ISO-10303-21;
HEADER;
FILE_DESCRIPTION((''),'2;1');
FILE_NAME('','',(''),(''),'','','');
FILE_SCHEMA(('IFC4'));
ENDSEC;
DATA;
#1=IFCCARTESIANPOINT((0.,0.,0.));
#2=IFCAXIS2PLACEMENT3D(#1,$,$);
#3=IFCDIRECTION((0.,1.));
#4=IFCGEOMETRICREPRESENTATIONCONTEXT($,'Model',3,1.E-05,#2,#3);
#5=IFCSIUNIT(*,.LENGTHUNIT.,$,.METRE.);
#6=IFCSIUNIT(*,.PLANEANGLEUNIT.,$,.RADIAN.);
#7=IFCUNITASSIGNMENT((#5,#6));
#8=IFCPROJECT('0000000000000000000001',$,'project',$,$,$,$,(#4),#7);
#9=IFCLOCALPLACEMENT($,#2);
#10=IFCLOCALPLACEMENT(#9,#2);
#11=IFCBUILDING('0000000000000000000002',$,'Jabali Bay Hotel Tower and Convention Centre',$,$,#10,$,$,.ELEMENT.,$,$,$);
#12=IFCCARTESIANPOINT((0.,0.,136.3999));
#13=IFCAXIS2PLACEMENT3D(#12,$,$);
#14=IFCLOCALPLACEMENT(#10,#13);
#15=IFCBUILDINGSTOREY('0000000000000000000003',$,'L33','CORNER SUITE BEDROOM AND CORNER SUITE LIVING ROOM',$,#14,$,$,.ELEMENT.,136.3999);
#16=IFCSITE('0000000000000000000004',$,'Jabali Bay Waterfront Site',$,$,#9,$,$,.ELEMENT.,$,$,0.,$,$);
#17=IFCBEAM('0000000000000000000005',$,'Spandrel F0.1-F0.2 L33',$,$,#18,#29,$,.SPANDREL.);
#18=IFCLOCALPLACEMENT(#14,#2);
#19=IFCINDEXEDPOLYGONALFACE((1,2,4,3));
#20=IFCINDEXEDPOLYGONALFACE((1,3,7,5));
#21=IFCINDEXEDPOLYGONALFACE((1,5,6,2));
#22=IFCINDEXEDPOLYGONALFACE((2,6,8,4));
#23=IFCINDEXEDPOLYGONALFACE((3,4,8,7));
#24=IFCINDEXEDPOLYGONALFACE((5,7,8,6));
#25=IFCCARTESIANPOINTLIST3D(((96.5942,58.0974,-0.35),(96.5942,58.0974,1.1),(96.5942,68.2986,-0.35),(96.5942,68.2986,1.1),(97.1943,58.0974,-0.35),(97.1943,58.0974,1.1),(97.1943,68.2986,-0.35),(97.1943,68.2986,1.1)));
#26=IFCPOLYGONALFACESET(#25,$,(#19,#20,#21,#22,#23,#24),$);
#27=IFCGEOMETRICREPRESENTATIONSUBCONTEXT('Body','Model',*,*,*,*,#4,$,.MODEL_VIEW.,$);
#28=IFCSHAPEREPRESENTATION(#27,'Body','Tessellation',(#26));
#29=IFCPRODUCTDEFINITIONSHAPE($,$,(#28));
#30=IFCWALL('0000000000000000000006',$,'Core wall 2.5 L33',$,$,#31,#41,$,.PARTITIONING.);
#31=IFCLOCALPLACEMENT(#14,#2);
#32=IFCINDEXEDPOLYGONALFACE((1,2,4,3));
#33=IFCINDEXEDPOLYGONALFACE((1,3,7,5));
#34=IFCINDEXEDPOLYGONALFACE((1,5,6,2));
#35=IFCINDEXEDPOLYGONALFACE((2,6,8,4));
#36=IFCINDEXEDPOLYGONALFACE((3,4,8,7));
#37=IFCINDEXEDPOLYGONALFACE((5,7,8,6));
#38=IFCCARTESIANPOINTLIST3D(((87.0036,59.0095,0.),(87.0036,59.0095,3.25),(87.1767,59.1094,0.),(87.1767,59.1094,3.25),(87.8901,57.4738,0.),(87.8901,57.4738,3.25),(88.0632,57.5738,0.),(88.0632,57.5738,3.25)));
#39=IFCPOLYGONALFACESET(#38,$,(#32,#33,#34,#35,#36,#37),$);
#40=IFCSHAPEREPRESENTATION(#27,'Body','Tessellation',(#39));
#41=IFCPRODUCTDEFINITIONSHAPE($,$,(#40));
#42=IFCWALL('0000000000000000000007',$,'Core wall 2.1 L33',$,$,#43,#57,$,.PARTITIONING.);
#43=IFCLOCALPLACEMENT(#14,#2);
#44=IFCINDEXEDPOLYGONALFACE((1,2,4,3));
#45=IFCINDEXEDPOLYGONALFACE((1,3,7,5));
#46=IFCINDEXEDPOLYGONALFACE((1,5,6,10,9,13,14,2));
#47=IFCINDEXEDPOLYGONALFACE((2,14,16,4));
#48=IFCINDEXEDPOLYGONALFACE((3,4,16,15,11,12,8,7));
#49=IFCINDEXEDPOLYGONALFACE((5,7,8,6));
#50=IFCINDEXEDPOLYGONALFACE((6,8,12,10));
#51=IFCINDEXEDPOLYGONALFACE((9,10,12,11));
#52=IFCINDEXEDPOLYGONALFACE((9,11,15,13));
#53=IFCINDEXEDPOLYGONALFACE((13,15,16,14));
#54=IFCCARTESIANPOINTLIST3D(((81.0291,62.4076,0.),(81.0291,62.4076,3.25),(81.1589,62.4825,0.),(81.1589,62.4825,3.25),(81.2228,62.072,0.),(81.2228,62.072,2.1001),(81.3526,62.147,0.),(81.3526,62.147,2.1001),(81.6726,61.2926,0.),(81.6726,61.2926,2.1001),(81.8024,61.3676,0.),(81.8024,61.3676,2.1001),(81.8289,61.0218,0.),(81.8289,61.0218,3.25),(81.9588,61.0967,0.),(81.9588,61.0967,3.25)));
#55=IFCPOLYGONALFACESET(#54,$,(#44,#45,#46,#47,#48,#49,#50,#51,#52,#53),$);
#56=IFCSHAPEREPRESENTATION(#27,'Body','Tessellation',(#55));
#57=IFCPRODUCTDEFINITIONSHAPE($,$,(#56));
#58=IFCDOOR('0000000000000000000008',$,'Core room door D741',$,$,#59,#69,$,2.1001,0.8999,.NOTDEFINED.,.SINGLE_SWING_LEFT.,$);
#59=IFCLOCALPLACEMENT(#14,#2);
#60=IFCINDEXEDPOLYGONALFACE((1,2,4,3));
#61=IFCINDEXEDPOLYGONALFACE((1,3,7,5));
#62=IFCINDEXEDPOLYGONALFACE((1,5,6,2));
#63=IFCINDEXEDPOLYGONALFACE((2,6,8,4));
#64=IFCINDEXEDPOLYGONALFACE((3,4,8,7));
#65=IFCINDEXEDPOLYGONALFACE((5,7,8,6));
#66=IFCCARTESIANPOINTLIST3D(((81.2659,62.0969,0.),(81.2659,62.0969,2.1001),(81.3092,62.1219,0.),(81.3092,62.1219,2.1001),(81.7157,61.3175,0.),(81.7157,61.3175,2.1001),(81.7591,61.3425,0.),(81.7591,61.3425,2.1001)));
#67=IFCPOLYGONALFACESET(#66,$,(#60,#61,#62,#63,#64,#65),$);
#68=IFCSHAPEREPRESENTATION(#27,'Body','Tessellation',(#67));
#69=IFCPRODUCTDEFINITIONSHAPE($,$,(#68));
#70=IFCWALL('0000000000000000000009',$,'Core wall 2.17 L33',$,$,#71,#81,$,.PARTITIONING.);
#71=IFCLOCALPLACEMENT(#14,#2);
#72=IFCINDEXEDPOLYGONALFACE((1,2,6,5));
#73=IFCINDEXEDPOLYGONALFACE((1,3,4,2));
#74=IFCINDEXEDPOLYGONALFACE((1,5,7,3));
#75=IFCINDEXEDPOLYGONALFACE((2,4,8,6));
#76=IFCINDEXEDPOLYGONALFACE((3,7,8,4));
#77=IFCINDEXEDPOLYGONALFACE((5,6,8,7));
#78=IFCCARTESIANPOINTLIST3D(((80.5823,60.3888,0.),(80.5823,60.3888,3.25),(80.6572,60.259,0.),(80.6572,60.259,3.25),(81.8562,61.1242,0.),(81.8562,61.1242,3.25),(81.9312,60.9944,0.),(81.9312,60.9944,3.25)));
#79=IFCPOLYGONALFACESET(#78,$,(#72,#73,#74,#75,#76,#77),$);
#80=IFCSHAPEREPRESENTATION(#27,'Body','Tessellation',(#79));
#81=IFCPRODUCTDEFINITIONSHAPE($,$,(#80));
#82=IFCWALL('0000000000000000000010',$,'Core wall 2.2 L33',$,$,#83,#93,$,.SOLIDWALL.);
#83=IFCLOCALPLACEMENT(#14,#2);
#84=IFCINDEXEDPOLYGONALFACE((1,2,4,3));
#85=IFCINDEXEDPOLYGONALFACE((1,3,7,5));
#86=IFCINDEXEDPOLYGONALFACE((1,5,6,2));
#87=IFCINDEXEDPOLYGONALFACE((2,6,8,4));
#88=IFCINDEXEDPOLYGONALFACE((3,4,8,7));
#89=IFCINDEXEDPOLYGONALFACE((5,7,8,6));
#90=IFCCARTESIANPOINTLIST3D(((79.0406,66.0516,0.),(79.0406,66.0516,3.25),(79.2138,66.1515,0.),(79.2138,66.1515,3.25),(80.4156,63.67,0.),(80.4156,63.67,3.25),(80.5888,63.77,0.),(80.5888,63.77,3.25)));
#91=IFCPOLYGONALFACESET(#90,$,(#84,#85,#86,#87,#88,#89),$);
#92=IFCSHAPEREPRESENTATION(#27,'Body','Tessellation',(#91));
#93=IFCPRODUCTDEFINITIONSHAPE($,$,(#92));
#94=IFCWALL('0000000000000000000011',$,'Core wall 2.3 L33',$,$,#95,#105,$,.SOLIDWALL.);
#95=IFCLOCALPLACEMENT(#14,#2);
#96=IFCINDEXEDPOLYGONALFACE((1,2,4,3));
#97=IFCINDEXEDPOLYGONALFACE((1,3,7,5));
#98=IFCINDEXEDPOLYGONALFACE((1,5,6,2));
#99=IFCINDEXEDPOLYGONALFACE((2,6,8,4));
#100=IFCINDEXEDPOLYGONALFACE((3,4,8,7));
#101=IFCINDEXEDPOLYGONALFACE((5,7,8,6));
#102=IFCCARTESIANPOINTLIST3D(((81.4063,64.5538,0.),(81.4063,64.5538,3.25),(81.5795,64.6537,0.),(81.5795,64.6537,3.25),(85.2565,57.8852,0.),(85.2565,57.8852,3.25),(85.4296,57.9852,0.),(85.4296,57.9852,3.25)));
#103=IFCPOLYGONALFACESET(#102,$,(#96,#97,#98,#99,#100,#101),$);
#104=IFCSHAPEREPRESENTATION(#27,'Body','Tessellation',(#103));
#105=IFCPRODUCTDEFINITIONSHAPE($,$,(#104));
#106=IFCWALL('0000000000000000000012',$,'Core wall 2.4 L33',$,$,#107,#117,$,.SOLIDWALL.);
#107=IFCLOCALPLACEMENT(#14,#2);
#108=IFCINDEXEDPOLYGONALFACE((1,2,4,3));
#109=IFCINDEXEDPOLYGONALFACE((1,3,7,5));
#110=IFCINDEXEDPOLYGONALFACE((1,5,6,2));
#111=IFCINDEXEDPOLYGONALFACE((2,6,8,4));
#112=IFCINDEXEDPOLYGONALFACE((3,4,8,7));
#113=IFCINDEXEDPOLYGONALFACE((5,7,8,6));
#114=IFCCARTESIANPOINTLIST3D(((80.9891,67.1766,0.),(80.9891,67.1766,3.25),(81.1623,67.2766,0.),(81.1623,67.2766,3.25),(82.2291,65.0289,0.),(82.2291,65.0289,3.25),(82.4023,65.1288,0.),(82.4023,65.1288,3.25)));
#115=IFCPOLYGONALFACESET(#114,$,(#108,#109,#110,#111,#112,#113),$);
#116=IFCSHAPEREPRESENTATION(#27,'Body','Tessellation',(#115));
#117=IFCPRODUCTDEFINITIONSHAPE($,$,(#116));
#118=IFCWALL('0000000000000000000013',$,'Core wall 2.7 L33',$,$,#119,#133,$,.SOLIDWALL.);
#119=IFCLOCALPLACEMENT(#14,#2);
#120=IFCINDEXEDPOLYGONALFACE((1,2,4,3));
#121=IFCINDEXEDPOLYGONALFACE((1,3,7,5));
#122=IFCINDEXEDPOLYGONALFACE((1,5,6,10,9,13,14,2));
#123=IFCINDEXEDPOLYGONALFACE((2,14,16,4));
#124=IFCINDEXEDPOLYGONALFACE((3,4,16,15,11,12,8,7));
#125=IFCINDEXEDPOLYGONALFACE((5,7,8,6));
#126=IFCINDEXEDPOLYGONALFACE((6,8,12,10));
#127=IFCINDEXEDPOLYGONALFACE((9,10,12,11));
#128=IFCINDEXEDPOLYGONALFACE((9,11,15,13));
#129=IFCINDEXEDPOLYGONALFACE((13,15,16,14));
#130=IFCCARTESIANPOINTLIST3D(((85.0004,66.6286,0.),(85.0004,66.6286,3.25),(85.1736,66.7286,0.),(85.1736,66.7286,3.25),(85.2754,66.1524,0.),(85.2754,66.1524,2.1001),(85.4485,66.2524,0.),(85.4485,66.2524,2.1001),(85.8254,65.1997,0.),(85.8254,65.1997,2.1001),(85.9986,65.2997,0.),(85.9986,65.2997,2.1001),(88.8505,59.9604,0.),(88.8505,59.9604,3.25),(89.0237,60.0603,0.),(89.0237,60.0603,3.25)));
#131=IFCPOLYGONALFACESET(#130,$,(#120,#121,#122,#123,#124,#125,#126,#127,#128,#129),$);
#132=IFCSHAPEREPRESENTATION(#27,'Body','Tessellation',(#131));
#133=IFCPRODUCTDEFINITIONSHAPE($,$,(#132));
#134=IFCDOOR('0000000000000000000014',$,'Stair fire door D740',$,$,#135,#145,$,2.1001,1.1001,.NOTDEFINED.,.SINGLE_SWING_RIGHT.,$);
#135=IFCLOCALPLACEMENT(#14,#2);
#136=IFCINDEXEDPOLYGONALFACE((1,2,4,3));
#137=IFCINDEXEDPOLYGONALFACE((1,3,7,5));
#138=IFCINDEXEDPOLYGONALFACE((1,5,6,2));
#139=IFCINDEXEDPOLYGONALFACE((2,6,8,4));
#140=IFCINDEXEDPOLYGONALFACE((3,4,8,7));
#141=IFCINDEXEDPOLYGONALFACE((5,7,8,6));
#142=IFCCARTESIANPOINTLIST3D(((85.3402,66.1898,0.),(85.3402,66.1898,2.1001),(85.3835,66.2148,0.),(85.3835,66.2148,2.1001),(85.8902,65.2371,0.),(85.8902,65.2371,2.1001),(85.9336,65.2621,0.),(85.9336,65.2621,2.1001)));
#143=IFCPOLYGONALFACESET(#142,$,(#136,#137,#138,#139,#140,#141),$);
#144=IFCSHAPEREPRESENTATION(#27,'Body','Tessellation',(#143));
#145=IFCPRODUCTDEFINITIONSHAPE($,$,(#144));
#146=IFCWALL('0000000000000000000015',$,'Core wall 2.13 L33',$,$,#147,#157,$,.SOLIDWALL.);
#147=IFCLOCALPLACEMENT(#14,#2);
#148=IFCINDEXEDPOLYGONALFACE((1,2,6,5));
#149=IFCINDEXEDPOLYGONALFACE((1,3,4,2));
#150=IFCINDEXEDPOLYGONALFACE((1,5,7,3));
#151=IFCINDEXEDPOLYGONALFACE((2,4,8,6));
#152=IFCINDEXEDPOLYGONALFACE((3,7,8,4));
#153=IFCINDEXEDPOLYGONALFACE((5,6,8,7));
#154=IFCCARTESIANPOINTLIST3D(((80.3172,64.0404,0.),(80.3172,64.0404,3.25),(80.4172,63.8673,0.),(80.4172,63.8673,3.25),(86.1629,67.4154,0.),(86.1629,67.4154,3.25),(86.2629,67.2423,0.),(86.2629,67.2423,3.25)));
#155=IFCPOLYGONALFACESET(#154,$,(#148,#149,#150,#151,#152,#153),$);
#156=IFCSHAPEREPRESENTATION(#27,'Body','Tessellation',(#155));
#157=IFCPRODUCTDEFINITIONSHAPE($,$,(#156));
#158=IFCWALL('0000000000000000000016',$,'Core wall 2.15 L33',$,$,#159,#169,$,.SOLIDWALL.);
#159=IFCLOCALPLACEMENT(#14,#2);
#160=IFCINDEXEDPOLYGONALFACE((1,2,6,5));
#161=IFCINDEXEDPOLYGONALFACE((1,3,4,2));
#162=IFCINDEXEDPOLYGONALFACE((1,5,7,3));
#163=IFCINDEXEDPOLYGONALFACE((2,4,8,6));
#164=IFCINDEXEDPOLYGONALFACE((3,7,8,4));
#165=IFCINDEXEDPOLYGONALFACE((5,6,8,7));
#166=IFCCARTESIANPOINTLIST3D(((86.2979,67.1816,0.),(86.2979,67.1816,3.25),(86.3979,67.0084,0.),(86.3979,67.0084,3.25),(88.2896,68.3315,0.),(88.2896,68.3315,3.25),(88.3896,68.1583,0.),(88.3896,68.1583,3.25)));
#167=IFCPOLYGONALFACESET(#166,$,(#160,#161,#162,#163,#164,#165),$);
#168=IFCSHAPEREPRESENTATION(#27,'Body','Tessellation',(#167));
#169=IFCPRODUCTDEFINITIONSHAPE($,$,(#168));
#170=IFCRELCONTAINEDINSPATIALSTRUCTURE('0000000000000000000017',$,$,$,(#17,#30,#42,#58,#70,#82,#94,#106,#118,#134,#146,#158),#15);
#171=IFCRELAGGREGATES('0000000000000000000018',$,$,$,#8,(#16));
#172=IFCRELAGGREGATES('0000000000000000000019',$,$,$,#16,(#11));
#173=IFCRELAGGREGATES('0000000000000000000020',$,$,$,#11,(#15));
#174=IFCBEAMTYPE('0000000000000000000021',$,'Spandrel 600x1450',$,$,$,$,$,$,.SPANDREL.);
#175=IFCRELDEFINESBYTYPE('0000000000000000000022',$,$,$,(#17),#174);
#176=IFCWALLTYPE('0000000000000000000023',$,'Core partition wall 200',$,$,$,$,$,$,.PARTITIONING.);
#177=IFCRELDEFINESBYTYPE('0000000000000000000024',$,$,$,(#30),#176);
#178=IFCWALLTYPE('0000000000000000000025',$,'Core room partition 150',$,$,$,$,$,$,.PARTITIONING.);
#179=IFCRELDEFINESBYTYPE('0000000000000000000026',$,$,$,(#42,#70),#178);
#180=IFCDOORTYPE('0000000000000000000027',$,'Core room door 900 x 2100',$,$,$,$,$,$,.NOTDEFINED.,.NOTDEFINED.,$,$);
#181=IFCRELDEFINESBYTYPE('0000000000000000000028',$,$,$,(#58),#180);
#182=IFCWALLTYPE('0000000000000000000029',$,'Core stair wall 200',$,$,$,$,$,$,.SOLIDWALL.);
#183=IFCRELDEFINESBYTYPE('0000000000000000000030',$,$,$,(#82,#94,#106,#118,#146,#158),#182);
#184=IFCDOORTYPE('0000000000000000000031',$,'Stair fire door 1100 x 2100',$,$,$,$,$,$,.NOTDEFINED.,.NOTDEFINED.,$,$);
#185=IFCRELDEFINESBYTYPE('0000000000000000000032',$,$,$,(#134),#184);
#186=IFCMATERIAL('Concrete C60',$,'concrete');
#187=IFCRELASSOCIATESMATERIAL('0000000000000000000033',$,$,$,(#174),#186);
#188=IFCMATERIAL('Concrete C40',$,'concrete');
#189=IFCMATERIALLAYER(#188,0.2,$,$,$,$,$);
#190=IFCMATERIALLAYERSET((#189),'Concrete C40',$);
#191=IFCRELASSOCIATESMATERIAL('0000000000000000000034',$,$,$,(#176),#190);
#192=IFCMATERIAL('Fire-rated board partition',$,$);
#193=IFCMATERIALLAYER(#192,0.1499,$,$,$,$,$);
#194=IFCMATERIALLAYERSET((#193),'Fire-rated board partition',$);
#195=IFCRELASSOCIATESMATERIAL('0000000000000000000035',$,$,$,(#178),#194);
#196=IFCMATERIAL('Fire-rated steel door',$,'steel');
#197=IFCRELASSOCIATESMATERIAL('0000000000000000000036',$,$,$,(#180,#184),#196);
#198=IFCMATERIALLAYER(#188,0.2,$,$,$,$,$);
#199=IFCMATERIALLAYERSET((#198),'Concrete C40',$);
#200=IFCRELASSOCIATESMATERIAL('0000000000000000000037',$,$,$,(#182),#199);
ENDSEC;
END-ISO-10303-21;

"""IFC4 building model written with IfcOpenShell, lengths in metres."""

from ifc_helpers import new_model, si_unit, direction, frame, frame_2d, origin, origin_2d, place, context, subcontext, project, spatial, rectangle, extrude, material, layer, layer_set, material_profile, profile_set, type_object, element, fill, save


model = new_model("IFC4")

# Units and contexts
model_context = context("Model", 3, precision=1e-05, world=origin(), true_north=direction((0.0, 1.0)))
body_context = subcontext(model_context, "Body", "Model", "MODEL_VIEW")
ifc_project = project(units=[si_unit("LENGTHUNIT", "METRE"), si_unit("PLANEANGLEUNIT", "RADIAN")], contexts=[model_context])

# Site, building, storey
site_placement = place(None, origin())
site = spatial("IfcSite", under=ifc_project, at=site_placement, Name="Jabali Bay Waterfront Site", CompositionType="ELEMENT", RefElevation=0.0)
building_placement = place(site_placement, origin())
building = spatial("IfcBuilding", under=site, at=building_placement, Name="Jabali Bay Hotel Tower and Convention Centre", CompositionType="ELEMENT")
storey_placement = place(building_placement, frame((0.0, 0.0, 136.3999)))
storey = spatial("IfcBuildingStorey", under=building, at=storey_placement, Name="L33", Description="CORNER SUITE BEDROOM AND CORNER SUITE LIVING ROOM", CompositionType="ELEMENT", Elevation=136.3999)

# Beam
ifc_material_1 = material(Name="Concrete C60", Category="concrete")
ifc_material_profile = material_profile(ifc_material_1, rectangle(XDim=0.6001, YDim=1.45, at=origin_2d()), Name="Spandrel 600x1450")
ifc_profile_set = profile_set([ifc_material_profile], Name="Concrete C60")
beam_type = type_object("IfcBeamType", Name="Spandrel 600x1450", PredefinedType="SPANDREL", material=ifc_profile_set)
beam_placement = place(storey_placement, frame((96.8943, 58.0974, 0.375), z_axis=(0.0, 1.0, 0.0), x_axis=(-1.0, 0.0, 0.0)))
element("IfcBeam", 1, at=beam_placement, inside=storey, type_object=beam_type, Name="Spandrel F0.1-F0.2 L33", PredefinedType="SPANDREL", context=body_context, shape_type="SweptSolid", body=[
    extrude(rectangle(XDim=0.6001, YDim=1.45, at=origin_2d()), origin(), (0.0, 0.0, 1.0), 10.2012),
])

# Wall
ifc_material_2 = material(Name="Concrete C40", Category="concrete")
ifc_layer_1 = layer(ifc_material_2, 0.2)
ifc_layer_set_1 = layer_set([ifc_layer_1], Name="Concrete C40")
wall_type_1 = type_object("IfcWallType", Name="Core partition wall 200", PredefinedType="PARTITIONING", material=ifc_layer_set_1)
wall_1_placement = place(storey_placement, frame((87.0901, 59.0596, 0.0), z_axis=(0.0, 0.0, 1.0), x_axis=(0.499945, -0.866057, 0.0)))
element("IfcWall", 2, at=wall_1_placement, inside=storey, type_object=wall_type_1, Name="Core wall 2.5 L33", PredefinedType="PARTITIONING", context=body_context, shape_type="SweptSolid", body=[
    extrude(rectangle(XDim=1.7732, YDim=0.2, at=frame_2d((0.8867, 0.0))), origin(), (0.0, 0.0, 1.0), 3.25),
])

# Wall, opening, door
ifc_material_3 = material(Name="Fire-rated board partition")
ifc_layer_2 = layer(ifc_material_3, 0.1499)
ifc_layer_set_2 = layer_set([ifc_layer_2], Name="Fire-rated board partition")
wall_type_2 = type_object("IfcWallType", Name="Core room partition 150", PredefinedType="PARTITIONING", material=ifc_layer_set_2)
wall_2_placement = place(storey_placement, frame((81.094, 62.4451, 0.0), z_axis=(0.0, 0.0, 1.0), x_axis=(0.499881, -0.866094, 0.0)))
wall_2 = element("IfcWall", 3, at=wall_2_placement, inside=storey, type_object=wall_type_2, Name="Core wall 2.1 L33", PredefinedType="PARTITIONING", context=body_context, shape_type="SweptSolid", body=[
    extrude(rectangle(XDim=1.6001, YDim=0.1499, at=frame_2d((0.8, 0.0))), origin(), (0.0, 0.0, 1.0), 3.25),
])
opening_1_placement = place(wall_2_placement, frame((0.3875, 0.0, 0.0)))
opening_1 = element("IfcOpeningElement", 4, at=opening_1_placement, cuts=wall_2, PredefinedType="OPENING", context=body_context, shape_type="SweptSolid", body=[
    extrude(rectangle(XDim=0.8999, YDim=2.1001, at=frame_2d((0.45, 1.05))), frame((0.0, 0.0854, 0.0), z_axis=(0.0, -1.0, 0.0), x_axis=(1.0, 0.0, 0.0)), (0.0, 0.0, 1.0), 0.1709),
])
ifc_material_4 = material(Name="Fire-rated steel door", Category="steel")
door_type_1 = type_object("IfcDoorType", Name="Core room door 900 x 2100", OperationType="NOTDEFINED", PredefinedType="NOTDEFINED", material=ifc_material_4)
door_1_placement = place(opening_1_placement, origin())
door_1 = element("IfcDoor", 5, at=door_1_placement, inside=storey, type_object=door_type_1, Name="Core room door D741", OperationType="SINGLE_SWING_LEFT", OverallHeight=2.1001, OverallWidth=0.8999, PredefinedType="NOTDEFINED", context=body_context, shape_type="SweptSolid", body=[
    extrude(rectangle(XDim=0.8999, YDim=2.1001, at=frame_2d((0.45, 1.05))), frame((0.0, 0.0249, 0.0), z_axis=(0.0, -1.0, 0.0), x_axis=(1.0, 0.0, 0.0)), (0.0, 0.0, 1.0), 0.05),
])
fill(opening_1, door_1)

# Walls
wall_3_placement = place(storey_placement, frame((80.6199, 60.324, 0.0), z_axis=(0.0, 0.0, 1.0), x_axis=(0.86607, 0.499924, 0.0)))
element("IfcWall", 6, at=wall_3_placement, inside=storey, type_object=wall_type_2, Name="Core wall 2.17 L33", PredefinedType="PARTITIONING", context=body_context, shape_type="SweptSolid", body=[
    extrude(rectangle(XDim=1.4709, YDim=0.1499, at=frame_2d((0.7354, 0.0))), origin(), (0.0, 0.0, 1.0), 3.25),
])
ifc_layer_3 = layer(ifc_material_2, 0.2)
ifc_layer_set_3 = layer_set([ifc_layer_3], Name="Concrete C40")
wall_type_3 = type_object("IfcWallType", Name="Core stair wall 200", PredefinedType="SOLIDWALL", material=ifc_layer_set_3)
wall_4_placement = place(storey_placement, frame((79.1272, 66.1016, 0.0), z_axis=(0.0, 0.0, 1.0), x_axis=(0.499997, -0.866027, 0.0)))
element("IfcWall", 7, at=wall_4_placement, inside=storey, type_object=wall_type_3, Name="Core wall 2.2 L33", PredefinedType="SOLIDWALL", context=body_context, shape_type="SweptSolid", body=[
    extrude(rectangle(XDim=2.75, YDim=0.2, at=frame_2d((1.375, 0.0))), origin(), (0.0, 0.0, 1.0), 3.25),
])
wall_5_placement = place(storey_placement, frame((81.4929, 64.6038, 0.0), z_axis=(0.0, 0.0, 1.0), x_axis=(0.500006, -0.866022, 0.0)))
element("IfcWall", 8, at=wall_5_placement, inside=storey, type_object=wall_type_3, Name="Core wall 2.3 L33", PredefinedType="SOLIDWALL", context=body_context, shape_type="SweptSolid", body=[
    extrude(rectangle(XDim=7.7002, YDim=0.2, at=frame_2d((3.8501, 0.0))), origin(), (0.0, 0.0, 1.0), 3.25),
])
wall_6_placement = place(storey_placement, frame((81.0757, 67.2266, 0.0), z_axis=(0.0, 0.0, 1.0), x_axis=(0.500004, -0.866023, 0.0)))
element("IfcWall", 9, at=wall_6_placement, inside=storey, type_object=wall_type_3, Name="Core wall 2.4 L33", PredefinedType="SOLIDWALL", context=body_context, shape_type="SweptSolid", body=[
    extrude(rectangle(XDim=2.48, YDim=0.2, at=frame_2d((1.24, 0.0))), origin(), (0.0, 0.0, 1.0), 3.25),
])

# Wall, opening, door
wall_7_placement = place(storey_placement, frame((85.0869, 66.6787, 0.0), z_axis=(0.0, 0.0, 1.0), x_axis=(0.50002, -0.866014, 0.0)))
wall_7 = element("IfcWall", 10, at=wall_7_placement, inside=storey, type_object=wall_type_3, Name="Core wall 2.7 L33", PredefinedType="SOLIDWALL", context=body_context, shape_type="SweptSolid", body=[
    extrude(rectangle(XDim=7.7, YDim=0.2, at=frame_2d((3.8501, 0.0))), origin(), (0.0, 0.0, 1.0), 3.25),
])
opening_2_placement = place(wall_7_placement, frame((0.55, 0.0, 0.0)))
opening_2 = element("IfcOpeningElement", 11, at=opening_2_placement, cuts=wall_7, PredefinedType="OPENING", context=body_context, shape_type="SweptSolid", body=[
    extrude(rectangle(XDim=1.1001, YDim=2.1001, at=frame_2d((0.55, 1.05))), frame((0.0, 0.1104, 0.0), z_axis=(0.0, -1.0, 0.0), x_axis=(1.0, 0.0, 0.0)), (0.0, 0.0, 1.0), 0.2209),
])
door_type_2 = type_object("IfcDoorType", Name="Stair fire door 1100 x 2100", OperationType="NOTDEFINED", PredefinedType="NOTDEFINED", material=ifc_material_4)
door_2_placement = place(opening_2_placement, origin())
door_2 = element("IfcDoor", 12, at=door_2_placement, inside=storey, type_object=door_type_2, Name="Stair fire door D740", OperationType="SINGLE_SWING_RIGHT", OverallHeight=2.1001, OverallWidth=1.1001, PredefinedType="NOTDEFINED", context=body_context, shape_type="SweptSolid", body=[
    extrude(rectangle(XDim=1.1001, YDim=2.1001, at=frame_2d((0.55, 1.05))), frame((0.0, 0.0249, 0.0), z_axis=(0.0, -1.0, 0.0), x_axis=(1.0, 0.0, 0.0)), (0.0, 0.0, 1.0), 0.05),
])
fill(opening_2, door_2)

# Walls
wall_8_placement = place(storey_placement, frame((80.3672, 63.9539, 0.0), z_axis=(0.0, 0.0, 1.0), x_axis=(0.866027, 0.499998, 0.0)))
element("IfcWall", 13, at=wall_8_placement, inside=storey, type_object=wall_type_3, Name="Core wall 2.13 L33", PredefinedType="SOLIDWALL", context=body_context, shape_type="SweptSolid", body=[
    extrude(rectangle(XDim=6.75, YDim=0.2, at=frame_2d((3.375, 0.0))), origin(), (0.0, 0.0, 1.0), 3.25),
])
wall_9_placement = place(storey_placement, frame((86.3479, 67.095, 0.0), z_axis=(0.0, 0.0, 1.0), x_axis=(0.866026, 0.499998, 0.0)))
element("IfcWall", 14, at=wall_9_placement, inside=storey, type_object=wall_type_3, Name="Core wall 2.15 L33", PredefinedType="SOLIDWALL", context=body_context, shape_type="SweptSolid", body=[
    extrude(rectangle(XDim=2.2998, YDim=0.2, at=frame_2d((1.1499, 0.0))), origin(), (0.0, 0.0, 1.0), 3.25),
])

save(model, "model.ifc")
